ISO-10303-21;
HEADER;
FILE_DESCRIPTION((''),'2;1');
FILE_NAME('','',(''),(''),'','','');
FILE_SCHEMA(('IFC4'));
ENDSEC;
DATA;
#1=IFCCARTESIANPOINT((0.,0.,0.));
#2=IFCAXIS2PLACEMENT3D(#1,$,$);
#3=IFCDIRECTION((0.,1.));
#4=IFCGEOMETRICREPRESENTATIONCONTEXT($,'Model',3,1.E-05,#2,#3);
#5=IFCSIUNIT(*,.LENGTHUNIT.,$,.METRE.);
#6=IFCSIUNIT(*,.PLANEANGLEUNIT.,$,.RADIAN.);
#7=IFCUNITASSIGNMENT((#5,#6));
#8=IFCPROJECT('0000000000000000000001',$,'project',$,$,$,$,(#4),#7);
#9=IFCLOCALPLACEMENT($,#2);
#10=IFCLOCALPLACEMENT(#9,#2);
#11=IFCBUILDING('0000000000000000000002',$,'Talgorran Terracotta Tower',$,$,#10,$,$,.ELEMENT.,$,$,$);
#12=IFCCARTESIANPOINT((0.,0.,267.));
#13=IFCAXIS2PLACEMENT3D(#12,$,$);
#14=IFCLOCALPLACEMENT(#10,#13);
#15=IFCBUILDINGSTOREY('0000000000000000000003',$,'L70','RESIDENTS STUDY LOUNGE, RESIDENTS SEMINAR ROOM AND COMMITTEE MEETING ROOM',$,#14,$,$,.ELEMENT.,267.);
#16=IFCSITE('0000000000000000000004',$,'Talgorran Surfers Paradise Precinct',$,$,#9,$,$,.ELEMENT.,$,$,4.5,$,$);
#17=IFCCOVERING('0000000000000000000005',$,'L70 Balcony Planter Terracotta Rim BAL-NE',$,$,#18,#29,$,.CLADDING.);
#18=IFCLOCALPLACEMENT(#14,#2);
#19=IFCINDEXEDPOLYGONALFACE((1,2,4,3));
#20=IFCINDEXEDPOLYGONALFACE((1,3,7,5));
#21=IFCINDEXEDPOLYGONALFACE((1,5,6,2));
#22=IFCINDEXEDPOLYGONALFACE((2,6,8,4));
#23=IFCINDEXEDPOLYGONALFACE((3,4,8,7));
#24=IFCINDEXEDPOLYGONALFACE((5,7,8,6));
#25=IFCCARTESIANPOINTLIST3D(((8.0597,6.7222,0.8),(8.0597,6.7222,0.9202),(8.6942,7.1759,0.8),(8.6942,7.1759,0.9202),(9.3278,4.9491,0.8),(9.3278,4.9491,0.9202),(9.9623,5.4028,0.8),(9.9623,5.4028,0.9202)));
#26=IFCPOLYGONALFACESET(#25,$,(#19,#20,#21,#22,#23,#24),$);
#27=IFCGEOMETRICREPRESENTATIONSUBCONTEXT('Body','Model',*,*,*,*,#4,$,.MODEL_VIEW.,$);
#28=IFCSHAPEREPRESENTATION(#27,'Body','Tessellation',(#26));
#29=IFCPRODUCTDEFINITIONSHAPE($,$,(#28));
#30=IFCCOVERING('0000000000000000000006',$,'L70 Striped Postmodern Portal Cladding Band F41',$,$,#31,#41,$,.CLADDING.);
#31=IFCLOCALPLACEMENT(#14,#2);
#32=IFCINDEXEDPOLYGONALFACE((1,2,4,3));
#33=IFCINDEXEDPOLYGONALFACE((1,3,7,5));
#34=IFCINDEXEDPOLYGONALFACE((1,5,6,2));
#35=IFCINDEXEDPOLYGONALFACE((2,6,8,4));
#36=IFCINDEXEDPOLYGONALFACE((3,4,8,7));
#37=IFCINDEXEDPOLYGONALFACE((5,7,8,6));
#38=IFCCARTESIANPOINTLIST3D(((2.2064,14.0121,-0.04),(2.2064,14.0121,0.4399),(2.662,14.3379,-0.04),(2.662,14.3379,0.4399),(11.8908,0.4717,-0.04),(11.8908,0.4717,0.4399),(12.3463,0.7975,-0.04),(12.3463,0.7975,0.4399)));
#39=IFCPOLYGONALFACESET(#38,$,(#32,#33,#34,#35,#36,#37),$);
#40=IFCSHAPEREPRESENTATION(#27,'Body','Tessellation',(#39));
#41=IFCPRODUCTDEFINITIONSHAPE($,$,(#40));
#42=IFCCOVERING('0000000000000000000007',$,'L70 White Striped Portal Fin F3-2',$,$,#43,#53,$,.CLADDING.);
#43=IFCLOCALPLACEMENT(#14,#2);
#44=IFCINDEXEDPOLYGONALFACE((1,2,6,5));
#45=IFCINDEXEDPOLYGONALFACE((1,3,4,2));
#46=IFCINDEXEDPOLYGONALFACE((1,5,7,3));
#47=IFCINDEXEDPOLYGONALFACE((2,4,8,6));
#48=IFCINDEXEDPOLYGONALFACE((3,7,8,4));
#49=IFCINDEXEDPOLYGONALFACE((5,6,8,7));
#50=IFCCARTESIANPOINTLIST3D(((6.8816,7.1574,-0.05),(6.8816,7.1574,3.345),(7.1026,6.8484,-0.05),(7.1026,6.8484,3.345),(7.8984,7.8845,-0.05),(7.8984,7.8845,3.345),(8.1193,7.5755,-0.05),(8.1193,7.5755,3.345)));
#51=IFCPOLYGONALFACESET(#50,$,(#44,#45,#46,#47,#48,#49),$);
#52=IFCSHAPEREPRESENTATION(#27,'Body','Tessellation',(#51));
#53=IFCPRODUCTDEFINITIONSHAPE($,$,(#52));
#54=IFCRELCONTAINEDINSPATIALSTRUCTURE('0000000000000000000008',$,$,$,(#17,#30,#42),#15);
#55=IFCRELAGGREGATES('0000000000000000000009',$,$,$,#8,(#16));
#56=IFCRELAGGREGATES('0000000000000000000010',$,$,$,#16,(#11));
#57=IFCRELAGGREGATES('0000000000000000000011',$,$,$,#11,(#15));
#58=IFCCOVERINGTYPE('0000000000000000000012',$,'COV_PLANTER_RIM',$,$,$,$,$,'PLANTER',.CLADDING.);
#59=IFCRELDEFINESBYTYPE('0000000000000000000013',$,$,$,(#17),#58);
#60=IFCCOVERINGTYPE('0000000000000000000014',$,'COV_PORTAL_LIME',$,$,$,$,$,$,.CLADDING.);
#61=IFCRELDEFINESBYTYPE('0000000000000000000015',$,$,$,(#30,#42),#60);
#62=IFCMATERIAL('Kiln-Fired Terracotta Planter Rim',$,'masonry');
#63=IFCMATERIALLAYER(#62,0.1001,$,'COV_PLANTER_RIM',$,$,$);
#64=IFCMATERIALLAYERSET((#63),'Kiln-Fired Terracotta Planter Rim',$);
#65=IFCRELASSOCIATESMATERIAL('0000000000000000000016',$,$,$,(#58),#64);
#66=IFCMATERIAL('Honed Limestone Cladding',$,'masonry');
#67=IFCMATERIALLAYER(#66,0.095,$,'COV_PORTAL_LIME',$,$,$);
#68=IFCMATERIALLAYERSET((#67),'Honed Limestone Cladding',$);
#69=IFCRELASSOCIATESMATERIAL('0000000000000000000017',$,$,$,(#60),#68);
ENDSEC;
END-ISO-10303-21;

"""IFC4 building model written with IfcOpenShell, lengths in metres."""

from ifc_helpers import new_model, si_unit, direction, frame, origin, origin_2d, place, context, subcontext, project, spatial, rectangle, extrude, material, layer, layer_set, type_object, element, save


model = new_model("IFC4")

# Units and contexts
model_context = context("Model", 3, precision=1e-05, world=origin(), true_north=direction((0.0, 1.0)))
body_context = subcontext(model_context, "Body", "Model", "MODEL_VIEW")
ifc_project = project(units=[si_unit("LENGTHUNIT", "METRE"), si_unit("PLANEANGLEUNIT", "RADIAN")], contexts=[model_context])

# Site, building, storey
site_placement = place(None, origin())
site = spatial("IfcSite", under=ifc_project, at=site_placement, Name="Talgorran Surfers Paradise Precinct", CompositionType="ELEMENT", RefElevation=4.5)
building_placement = place(site_placement, origin())
building = spatial("IfcBuilding", under=site, at=building_placement, Name="Talgorran Terracotta Tower", CompositionType="ELEMENT")
storey_placement = place(building_placement, frame((0.0, 0.0, 267.0)))
storey = spatial("IfcBuildingStorey", under=building, at=storey_placement, Name="L70", Description="RESIDENTS STUDY LOUNGE, RESIDENTS SEMINAR ROOM AND COMMITTEE MEETING ROOM", CompositionType="ELEMENT", Elevation=267.0)

# Coverings
ifc_material_1 = material(Name="Kiln-Fired Terracotta Planter Rim", Category="masonry")
ifc_layer_1 = layer(ifc_material_1, 0.1001, Name="COV_PLANTER_RIM")
ifc_layer_set_1 = layer_set([ifc_layer_1], Name="Kiln-Fired Terracotta Planter Rim")
covering_type_1 = type_object("IfcCoveringType", Name="COV_PLANTER_RIM", ElementType="PLANTER", PredefinedType="CLADDING", material=ifc_layer_set_1)
covering_1_placement = place(storey_placement, frame((9.011, 6.0625, 0.8), z_axis=(0.0, 0.0, 1.0), x_axis=(-0.581726, 0.813385, 0.0)))
element("IfcCovering", 1, at=covering_1_placement, inside=storey, type_object=covering_type_1, Name="L70 Balcony Planter Terracotta Rim BAL-NE", PredefinedType="CLADDING", context=body_context, shape_type="SweptSolid", body=[
    extrude(rectangle(XDim=2.1799, YDim=0.78, at=origin_2d()), origin(), (0.0, 0.0, 1.0), 0.1201),
])
ifc_material_2 = material(Name="Honed Limestone Cladding", Category="masonry")
ifc_layer_2 = layer(ifc_material_2, 0.095, Name="COV_PORTAL_LIME")
ifc_layer_set_2 = layer_set([ifc_layer_2], Name="Honed Limestone Cladding")
covering_type_2 = type_object("IfcCoveringType", Name="COV_PORTAL_LIME", PredefinedType="CLADDING", material=ifc_layer_set_2)
covering_2_placement = place(storey_placement, frame((7.2764, 7.4048, -0.04), z_axis=(0.0, 0.0, 1.0), x_axis=(-0.58174, 0.813375, 0.0)))
element("IfcCovering", 2, at=covering_2_placement, inside=storey, type_object=covering_type_2, Name="L70 Striped Postmodern Portal Cladding Band F41", PredefinedType="CLADDING", context=body_context, shape_type="SweptSolid", body=[
    extrude(rectangle(XDim=16.6472, YDim=0.5601, at=origin_2d()), origin(), (0.0, 0.0, 1.0), 0.48),
])
covering_3_placement = place(storey_placement, frame((7.5005, 7.3665, -0.05), z_axis=(0.0, 0.0, 1.0), x_axis=(-0.581726, 0.813385, 0.0)))
element("IfcCovering", 3, at=covering_3_placement, inside=storey, type_object=covering_type_2, Name="L70 White Striped Portal Fin F3-2", PredefinedType="CLADDING", context=body_context, shape_type="SweptSolid", body=[
    extrude(rectangle(XDim=0.3799, YDim=1.25, at=origin_2d()), origin(), (0.0, 0.0, 1.0), 3.395),
])

save(model, "model.ifc")
